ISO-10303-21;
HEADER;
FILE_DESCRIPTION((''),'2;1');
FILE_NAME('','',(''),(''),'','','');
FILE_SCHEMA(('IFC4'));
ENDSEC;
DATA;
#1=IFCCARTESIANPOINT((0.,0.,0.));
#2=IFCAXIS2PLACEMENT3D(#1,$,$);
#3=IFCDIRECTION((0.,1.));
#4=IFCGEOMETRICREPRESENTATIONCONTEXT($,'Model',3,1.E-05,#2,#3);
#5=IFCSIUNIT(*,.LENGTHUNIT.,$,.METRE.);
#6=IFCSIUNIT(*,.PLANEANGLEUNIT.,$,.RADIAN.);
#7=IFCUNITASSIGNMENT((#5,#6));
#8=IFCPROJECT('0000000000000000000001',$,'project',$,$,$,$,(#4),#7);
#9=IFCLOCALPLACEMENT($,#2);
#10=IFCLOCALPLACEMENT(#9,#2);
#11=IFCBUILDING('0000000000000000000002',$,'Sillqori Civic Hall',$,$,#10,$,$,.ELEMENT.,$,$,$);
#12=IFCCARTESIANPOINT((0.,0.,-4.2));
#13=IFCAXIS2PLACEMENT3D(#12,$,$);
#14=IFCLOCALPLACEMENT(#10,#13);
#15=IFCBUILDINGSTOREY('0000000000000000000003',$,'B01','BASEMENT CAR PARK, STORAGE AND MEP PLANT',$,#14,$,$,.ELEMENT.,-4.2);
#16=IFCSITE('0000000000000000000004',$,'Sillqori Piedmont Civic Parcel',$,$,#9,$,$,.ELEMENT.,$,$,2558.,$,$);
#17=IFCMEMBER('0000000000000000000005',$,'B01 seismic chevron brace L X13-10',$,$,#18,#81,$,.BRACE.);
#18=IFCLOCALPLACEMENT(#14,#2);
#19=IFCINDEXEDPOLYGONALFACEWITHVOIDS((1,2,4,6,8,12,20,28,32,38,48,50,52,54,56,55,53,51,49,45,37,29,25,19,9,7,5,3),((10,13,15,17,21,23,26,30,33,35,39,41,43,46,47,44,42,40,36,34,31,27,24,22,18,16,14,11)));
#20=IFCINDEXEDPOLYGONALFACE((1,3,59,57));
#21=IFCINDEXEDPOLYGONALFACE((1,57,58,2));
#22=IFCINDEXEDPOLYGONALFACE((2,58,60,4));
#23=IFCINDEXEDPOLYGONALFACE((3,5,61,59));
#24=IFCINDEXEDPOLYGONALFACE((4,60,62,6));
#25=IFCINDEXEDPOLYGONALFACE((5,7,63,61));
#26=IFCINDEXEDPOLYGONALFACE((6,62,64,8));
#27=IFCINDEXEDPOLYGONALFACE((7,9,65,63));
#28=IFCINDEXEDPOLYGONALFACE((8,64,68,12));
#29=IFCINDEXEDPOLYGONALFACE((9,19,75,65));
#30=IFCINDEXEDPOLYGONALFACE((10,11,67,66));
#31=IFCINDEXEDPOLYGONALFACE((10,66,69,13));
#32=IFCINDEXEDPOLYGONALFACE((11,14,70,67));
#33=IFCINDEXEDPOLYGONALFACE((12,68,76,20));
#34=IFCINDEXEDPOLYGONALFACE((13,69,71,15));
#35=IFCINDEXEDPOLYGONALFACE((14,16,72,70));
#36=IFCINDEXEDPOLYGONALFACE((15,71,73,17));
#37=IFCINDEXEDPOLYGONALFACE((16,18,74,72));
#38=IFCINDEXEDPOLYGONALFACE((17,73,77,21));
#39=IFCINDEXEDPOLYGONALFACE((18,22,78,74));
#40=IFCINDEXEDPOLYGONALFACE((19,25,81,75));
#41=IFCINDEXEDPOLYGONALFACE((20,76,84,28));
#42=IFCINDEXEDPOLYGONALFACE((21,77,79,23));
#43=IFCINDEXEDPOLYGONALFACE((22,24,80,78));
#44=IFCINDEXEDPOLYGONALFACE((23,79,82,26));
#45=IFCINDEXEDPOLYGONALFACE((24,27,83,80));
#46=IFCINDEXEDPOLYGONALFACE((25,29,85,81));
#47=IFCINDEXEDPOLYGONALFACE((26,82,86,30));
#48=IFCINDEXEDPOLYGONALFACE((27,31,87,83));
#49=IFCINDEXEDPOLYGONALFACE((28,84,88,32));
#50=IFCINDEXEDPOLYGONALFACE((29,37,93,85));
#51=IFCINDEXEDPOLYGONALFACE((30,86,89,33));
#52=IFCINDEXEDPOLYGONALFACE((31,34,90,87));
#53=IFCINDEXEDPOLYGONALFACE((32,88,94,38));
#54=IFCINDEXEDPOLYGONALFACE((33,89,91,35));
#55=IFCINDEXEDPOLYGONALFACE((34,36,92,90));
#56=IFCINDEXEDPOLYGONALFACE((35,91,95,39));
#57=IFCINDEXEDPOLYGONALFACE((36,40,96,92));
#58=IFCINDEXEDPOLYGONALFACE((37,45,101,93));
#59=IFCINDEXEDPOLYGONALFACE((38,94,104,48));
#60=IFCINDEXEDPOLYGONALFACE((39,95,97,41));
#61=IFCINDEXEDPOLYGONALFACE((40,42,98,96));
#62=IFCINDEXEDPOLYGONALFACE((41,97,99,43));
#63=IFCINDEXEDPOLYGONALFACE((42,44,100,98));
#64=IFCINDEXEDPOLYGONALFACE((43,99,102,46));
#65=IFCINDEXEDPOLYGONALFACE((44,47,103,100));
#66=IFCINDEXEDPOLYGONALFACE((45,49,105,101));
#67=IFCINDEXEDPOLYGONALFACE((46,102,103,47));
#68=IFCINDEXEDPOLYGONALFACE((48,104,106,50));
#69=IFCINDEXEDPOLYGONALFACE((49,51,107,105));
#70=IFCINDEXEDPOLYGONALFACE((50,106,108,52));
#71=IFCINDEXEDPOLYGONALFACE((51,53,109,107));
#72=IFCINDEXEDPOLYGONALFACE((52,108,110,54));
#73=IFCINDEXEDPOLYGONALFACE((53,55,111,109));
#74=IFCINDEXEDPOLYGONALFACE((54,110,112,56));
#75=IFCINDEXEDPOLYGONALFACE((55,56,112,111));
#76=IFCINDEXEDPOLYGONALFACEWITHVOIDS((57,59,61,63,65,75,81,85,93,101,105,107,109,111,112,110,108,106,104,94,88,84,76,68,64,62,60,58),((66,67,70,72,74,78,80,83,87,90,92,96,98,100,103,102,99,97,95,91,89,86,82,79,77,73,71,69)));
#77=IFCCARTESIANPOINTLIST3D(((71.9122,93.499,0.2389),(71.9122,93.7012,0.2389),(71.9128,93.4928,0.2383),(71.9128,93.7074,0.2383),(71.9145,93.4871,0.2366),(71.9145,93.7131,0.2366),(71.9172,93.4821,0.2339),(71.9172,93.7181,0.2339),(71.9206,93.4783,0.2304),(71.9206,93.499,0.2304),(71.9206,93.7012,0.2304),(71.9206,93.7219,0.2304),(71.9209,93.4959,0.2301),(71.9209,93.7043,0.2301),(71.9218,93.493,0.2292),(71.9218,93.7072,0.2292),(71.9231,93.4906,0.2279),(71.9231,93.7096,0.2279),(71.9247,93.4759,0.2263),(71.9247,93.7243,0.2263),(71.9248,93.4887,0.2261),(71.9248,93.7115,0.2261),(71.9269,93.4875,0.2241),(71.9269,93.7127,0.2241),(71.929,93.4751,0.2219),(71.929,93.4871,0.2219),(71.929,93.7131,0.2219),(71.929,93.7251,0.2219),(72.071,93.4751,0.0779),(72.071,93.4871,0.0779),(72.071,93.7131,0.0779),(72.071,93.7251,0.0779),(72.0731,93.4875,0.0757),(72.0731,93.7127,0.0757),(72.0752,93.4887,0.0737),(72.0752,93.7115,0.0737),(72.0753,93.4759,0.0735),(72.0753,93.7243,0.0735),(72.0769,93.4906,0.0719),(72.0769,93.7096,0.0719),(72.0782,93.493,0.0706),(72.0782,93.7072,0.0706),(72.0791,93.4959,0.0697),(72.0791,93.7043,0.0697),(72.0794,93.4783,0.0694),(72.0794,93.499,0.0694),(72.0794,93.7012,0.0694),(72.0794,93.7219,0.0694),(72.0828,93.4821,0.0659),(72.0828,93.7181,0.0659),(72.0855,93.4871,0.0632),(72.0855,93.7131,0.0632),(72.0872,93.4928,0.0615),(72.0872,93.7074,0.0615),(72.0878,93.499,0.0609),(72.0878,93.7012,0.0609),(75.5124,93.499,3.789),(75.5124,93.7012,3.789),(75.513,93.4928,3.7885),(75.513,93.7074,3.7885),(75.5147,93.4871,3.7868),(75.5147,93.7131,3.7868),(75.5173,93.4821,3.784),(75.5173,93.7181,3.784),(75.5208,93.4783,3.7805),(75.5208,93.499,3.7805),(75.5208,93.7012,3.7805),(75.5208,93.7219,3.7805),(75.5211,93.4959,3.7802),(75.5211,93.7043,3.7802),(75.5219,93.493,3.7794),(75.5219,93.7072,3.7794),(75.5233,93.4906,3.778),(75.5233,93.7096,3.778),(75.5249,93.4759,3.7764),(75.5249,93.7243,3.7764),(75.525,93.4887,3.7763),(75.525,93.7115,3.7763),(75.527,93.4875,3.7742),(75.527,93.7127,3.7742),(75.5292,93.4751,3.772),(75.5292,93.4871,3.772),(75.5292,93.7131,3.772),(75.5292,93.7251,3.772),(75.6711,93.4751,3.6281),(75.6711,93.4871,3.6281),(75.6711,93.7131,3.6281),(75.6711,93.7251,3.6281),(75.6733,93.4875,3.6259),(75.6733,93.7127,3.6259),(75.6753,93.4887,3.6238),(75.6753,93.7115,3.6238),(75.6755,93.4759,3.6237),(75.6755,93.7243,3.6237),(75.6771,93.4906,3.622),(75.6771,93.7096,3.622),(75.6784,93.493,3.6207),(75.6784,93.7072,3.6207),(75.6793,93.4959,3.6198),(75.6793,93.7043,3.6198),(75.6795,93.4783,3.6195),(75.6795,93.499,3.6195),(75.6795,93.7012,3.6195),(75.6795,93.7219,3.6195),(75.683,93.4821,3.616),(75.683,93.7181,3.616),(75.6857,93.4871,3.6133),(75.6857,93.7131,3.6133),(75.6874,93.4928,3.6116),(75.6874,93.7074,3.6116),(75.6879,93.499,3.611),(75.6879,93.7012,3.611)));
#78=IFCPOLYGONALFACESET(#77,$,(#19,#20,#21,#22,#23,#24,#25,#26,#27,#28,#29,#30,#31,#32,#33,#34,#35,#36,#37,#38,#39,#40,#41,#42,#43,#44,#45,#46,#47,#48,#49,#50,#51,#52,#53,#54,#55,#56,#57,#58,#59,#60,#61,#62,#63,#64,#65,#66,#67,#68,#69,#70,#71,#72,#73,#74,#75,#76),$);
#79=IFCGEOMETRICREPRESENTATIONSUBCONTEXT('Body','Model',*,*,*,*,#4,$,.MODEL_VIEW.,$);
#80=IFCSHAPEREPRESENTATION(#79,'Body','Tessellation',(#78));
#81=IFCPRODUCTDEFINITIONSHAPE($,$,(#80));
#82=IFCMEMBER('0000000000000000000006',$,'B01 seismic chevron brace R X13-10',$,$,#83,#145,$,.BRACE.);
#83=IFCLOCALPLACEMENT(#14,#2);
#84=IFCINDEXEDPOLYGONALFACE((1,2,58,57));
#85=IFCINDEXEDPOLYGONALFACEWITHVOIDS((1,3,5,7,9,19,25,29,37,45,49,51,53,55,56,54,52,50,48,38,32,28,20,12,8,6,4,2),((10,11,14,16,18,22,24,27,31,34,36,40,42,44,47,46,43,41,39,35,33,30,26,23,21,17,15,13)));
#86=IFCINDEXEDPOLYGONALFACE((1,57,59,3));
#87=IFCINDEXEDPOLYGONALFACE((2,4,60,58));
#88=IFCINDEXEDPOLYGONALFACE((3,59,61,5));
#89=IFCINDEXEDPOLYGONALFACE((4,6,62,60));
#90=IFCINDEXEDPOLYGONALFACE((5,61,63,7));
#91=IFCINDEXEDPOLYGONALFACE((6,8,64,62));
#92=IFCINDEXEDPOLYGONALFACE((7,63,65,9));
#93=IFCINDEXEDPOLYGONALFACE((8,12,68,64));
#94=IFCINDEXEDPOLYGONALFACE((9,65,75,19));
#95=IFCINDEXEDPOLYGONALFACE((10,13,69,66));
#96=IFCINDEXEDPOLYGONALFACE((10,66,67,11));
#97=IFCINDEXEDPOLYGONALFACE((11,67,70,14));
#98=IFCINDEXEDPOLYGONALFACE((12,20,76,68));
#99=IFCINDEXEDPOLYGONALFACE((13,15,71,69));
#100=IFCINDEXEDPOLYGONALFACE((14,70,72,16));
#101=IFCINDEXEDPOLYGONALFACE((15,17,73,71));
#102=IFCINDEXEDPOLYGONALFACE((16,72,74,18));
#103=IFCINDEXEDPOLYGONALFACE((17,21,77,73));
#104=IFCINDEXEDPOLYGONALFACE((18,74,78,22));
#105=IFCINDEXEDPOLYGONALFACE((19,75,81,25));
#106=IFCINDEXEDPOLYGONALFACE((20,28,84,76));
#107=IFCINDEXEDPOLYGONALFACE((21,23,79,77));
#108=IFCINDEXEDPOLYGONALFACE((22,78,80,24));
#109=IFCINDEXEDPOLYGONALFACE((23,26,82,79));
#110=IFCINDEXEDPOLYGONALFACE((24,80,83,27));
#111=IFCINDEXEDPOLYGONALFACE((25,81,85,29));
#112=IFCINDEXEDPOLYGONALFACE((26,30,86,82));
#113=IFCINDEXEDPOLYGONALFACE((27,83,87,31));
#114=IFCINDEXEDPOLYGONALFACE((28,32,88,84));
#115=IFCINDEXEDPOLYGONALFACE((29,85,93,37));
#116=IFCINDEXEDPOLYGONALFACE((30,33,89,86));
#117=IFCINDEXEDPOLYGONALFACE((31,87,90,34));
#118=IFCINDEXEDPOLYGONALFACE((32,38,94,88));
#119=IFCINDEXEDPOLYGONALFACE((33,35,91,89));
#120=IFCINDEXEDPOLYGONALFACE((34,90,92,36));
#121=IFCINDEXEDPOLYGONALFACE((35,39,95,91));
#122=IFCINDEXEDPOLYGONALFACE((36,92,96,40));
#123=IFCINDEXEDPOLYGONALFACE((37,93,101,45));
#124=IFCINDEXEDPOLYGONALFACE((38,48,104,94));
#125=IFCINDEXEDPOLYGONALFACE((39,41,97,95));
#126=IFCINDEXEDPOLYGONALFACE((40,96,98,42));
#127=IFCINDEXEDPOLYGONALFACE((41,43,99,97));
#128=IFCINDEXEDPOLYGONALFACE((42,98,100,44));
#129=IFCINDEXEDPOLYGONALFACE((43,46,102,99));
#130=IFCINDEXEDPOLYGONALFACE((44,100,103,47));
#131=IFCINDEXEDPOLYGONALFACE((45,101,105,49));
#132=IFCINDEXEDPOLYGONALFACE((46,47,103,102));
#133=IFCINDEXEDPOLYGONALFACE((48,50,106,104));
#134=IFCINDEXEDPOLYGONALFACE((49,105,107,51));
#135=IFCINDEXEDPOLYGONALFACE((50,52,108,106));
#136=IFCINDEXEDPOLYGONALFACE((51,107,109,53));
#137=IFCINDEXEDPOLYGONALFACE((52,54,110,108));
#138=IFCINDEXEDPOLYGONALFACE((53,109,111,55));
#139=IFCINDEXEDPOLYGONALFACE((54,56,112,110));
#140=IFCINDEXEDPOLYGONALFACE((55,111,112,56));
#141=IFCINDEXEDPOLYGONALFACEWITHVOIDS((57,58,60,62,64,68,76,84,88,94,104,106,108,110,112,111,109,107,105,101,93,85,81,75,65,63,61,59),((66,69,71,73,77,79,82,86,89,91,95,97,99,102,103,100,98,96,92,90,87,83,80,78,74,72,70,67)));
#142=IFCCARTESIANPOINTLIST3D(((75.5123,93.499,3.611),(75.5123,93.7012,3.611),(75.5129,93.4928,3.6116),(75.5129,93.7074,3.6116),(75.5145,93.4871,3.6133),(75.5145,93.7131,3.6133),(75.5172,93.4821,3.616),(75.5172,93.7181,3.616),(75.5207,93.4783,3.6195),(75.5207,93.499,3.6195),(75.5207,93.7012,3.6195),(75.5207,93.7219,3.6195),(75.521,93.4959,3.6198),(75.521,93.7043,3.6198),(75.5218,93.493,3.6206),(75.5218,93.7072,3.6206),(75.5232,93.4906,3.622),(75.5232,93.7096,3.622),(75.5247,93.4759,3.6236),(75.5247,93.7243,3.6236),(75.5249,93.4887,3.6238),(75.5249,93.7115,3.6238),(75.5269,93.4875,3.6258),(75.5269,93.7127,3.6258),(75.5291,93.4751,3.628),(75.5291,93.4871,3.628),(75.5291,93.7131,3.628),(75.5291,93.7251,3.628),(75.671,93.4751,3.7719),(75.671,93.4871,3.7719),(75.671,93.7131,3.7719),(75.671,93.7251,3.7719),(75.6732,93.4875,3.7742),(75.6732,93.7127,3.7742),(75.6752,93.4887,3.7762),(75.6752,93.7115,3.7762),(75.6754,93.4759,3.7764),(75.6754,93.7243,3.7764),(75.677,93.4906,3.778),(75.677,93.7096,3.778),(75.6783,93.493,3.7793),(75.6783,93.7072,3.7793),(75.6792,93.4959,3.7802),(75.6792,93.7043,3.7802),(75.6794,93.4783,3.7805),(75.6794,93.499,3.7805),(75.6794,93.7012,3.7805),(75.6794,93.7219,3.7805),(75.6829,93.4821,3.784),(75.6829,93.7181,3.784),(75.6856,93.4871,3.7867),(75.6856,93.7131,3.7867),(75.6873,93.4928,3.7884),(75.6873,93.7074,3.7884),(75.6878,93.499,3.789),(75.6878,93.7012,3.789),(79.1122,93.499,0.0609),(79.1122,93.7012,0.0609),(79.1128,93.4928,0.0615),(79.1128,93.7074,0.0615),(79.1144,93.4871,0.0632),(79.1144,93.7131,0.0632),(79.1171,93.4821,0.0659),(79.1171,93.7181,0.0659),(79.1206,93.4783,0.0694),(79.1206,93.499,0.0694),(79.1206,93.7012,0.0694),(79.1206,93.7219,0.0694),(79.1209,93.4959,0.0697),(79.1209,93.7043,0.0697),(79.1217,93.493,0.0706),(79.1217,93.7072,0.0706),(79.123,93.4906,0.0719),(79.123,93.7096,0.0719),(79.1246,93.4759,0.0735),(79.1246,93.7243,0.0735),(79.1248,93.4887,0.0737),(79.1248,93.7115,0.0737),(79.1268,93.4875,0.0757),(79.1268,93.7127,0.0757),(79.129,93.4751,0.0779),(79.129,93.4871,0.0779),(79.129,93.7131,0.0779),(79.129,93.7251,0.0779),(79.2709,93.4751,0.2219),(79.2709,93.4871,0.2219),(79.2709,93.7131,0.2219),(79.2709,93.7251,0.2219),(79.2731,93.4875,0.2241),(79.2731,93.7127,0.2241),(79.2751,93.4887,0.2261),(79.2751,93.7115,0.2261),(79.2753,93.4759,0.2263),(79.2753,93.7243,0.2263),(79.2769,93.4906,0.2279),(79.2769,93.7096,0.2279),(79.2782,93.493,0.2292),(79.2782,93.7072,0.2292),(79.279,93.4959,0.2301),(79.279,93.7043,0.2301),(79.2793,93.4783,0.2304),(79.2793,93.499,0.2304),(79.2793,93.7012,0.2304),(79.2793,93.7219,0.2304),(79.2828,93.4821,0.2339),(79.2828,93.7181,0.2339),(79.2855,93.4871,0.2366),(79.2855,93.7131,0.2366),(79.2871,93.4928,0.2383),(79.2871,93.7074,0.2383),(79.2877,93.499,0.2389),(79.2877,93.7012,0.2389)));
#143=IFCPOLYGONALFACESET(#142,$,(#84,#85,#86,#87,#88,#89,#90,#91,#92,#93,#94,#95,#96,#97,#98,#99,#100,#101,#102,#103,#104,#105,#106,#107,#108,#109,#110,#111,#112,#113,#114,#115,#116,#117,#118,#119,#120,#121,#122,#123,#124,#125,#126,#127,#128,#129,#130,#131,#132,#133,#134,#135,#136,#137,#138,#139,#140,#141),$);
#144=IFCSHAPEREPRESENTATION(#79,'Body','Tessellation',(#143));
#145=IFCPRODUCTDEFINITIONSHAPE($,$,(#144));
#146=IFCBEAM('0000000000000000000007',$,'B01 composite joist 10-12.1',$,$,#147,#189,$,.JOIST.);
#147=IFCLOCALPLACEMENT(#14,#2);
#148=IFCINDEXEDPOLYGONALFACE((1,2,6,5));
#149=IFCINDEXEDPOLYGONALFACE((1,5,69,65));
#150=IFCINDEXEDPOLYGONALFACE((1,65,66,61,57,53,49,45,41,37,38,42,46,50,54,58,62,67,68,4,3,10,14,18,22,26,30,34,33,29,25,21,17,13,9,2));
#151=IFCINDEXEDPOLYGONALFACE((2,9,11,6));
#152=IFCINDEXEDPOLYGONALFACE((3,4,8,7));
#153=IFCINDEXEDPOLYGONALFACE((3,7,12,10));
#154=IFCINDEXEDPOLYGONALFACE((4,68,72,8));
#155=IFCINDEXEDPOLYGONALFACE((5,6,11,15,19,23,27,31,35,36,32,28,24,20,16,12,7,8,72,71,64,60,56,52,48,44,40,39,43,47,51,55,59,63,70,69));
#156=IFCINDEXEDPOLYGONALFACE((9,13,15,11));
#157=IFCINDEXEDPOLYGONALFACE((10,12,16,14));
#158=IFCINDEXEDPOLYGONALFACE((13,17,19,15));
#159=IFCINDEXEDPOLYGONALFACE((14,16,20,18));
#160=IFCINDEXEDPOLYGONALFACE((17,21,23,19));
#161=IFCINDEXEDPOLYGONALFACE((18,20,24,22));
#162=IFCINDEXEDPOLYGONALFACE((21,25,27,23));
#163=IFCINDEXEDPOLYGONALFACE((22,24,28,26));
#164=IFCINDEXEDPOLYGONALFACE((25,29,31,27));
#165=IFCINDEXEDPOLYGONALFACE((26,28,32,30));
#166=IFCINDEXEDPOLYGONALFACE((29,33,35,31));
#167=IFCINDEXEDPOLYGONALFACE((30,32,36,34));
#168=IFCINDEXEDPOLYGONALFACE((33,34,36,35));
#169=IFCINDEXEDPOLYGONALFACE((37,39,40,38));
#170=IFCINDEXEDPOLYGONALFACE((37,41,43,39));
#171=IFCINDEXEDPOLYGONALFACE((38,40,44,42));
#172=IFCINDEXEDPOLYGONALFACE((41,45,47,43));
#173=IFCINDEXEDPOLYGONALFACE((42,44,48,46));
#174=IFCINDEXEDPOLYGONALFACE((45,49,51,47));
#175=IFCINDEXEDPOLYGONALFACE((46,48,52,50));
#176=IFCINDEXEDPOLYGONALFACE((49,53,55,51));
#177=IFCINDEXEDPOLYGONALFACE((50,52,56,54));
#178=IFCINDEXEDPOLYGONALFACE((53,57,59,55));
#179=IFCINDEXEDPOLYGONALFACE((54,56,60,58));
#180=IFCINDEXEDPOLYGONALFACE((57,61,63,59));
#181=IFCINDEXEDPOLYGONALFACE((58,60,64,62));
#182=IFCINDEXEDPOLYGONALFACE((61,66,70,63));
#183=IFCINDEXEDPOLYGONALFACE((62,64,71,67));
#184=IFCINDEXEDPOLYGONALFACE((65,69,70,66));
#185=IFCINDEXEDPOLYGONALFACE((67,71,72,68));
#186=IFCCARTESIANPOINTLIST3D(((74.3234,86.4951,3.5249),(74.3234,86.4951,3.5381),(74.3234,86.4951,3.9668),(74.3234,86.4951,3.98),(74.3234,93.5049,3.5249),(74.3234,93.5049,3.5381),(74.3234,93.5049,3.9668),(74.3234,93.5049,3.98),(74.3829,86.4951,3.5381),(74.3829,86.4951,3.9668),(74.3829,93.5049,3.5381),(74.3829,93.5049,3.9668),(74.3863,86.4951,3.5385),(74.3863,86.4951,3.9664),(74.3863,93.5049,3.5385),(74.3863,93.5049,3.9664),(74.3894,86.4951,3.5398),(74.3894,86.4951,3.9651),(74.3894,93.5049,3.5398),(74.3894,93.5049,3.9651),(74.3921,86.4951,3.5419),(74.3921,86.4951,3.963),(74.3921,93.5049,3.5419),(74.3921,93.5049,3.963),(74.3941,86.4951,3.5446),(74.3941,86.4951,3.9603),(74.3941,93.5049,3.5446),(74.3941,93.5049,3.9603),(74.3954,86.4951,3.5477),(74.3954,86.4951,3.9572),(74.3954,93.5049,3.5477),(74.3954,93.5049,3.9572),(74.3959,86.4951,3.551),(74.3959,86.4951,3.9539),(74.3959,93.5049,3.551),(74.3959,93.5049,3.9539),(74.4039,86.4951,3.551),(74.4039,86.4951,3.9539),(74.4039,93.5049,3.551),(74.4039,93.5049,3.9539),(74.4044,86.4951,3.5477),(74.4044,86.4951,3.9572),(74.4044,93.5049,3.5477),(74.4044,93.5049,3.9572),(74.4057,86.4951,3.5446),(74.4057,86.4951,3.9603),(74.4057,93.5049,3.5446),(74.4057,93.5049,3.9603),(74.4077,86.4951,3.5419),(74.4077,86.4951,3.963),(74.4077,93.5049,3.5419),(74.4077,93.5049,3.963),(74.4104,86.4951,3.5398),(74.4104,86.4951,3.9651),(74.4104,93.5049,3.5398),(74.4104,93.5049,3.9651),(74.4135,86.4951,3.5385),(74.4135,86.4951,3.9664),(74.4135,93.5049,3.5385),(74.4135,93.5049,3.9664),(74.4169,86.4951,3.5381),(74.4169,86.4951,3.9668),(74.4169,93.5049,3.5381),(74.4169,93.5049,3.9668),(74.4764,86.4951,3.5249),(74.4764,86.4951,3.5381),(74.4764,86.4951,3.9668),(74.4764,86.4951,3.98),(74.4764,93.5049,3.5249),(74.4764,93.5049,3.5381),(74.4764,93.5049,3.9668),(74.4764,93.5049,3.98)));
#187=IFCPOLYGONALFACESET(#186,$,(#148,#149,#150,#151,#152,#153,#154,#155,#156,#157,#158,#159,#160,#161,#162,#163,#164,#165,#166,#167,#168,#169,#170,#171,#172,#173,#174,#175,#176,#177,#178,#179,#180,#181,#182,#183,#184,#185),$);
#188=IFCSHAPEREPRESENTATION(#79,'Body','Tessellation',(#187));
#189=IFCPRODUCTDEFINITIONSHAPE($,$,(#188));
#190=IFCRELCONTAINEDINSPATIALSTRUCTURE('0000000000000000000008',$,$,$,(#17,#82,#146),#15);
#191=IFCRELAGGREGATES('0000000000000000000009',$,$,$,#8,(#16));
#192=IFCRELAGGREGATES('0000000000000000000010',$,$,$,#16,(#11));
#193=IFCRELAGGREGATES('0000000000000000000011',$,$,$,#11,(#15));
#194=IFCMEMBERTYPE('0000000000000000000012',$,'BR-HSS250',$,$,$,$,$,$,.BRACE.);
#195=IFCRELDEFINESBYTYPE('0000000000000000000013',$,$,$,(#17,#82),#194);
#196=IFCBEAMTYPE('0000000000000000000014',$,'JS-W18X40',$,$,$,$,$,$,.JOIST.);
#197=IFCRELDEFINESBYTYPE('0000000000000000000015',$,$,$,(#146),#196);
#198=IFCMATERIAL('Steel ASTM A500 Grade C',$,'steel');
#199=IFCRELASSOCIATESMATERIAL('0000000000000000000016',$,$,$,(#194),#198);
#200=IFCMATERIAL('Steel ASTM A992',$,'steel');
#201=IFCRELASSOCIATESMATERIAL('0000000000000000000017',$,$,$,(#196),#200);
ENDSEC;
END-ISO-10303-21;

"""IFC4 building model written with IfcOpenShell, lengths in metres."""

from ifc_helpers import new_model, si_unit, direction, frame, origin, origin_2d, place, context, subcontext, project, spatial, hollow_rectangle, i_section, extrude, material, material_profile, profile_set, type_object, element, save


model = new_model("IFC4")

# Units and contexts
model_context = context("Model", 3, precision=1e-05, world=origin(), true_north=direction((0.0, 1.0)))
body_context = subcontext(model_context, "Body", "Model", "MODEL_VIEW")
ifc_project = project(units=[si_unit("LENGTHUNIT", "METRE"), si_unit("PLANEANGLEUNIT", "RADIAN")], contexts=[model_context])

# Site, building, storey
site_placement = place(None, origin())
site = spatial("IfcSite", under=ifc_project, at=site_placement, Name="Sillqori Piedmont Civic Parcel", CompositionType="ELEMENT", RefElevation=2558.0)
building_placement = place(site_placement, origin())
building = spatial("IfcBuilding", under=site, at=building_placement, Name="Sillqori Civic Hall", CompositionType="ELEMENT")
storey_placement = place(building_placement, frame((0.0, 0.0, -4.2)))
storey = spatial("IfcBuildingStorey", under=building, at=storey_placement, Name="B01", Description="BASEMENT CAR PARK, STORAGE AND MEP PLANT", CompositionType="ELEMENT", Elevation=-4.2)

# Shared definitions
ifc_material_1 = material(Name="Steel ASTM A992", Category="steel")

# Members
ifc_material_2 = material(Name="Steel ASTM A500 Grade C", Category="steel")
ifc_material_profile_1 = material_profile(ifc_material_2, hollow_rectangle(XDim=0.25, YDim=0.25, WallThickness=0.012, InnerFilletRadius=0.012, OuterFilletRadius=0.0239, at=origin_2d()), Name="HSS250X250X12")
ifc_profile_set_1 = profile_set([ifc_material_profile_1], Name="Steel ASTM A500 Grade C")
member_type = type_object("IfcMemberType", Name="BR-HSS250", PredefinedType="BRACE", material=ifc_profile_set_1)
member_1_placement = place(storey_placement, frame((72.0, 93.6001, 0.1499), z_axis=(0.712039, 0.0, 0.70214), x_axis=(0.0, 1.0, 0.0)))
element("IfcMember", 1, at=member_1_placement, inside=storey, type_object=member_type, Name="B01 seismic chevron brace L X13-10", PredefinedType="BRACE", context=body_context, shape_type="SweptSolid", body=[
    extrude(hollow_rectangle(XDim=0.25, YDim=0.25, WallThickness=0.012, InnerFilletRadius=0.012, OuterFilletRadius=0.0239, at=origin_2d()), origin(), (0.0, 0.0, 1.0), 5.0562),
])
member_2_placement = place(storey_placement, frame((79.2, 93.6001, 0.1499), z_axis=(-0.712015, 0.0, 0.702164), x_axis=(0.0, -1.0, 0.0)))
element("IfcMember", 2, at=member_2_placement, inside=storey, type_object=member_type, Name="B01 seismic chevron brace R X13-10", PredefinedType="BRACE", context=body_context, shape_type="SweptSolid", body=[
    extrude(hollow_rectangle(XDim=0.25, YDim=0.25, WallThickness=0.012, InnerFilletRadius=0.012, OuterFilletRadius=0.0239, at=origin_2d()), origin(), (0.0, 0.0, 1.0), 5.0559),
])

# Beam
ifc_material_profile_2 = material_profile(ifc_material_1, i_section(OverallWidth=0.1531, OverallDepth=0.4551, WebThickness=0.0081, FlangeThickness=0.0132, FilletRadius=0.0129, at=origin_2d()), Name="W18X40")
ifc_profile_set_2 = profile_set([ifc_material_profile_2], Name="Steel ASTM A992")
beam_type_1 = type_object("IfcBeamType", Name="JS-W18X40", PredefinedType="JOIST", material=ifc_profile_set_2)
for number, where, z_axis, x_axis, name in (
    (3, (74.3999, 86.4951, 3.7524), (0.0, 1.0, 0.0), (-1.0, 0.0, 0.0), "B01 composite joist 10-12.1"),
):
    element("IfcBeam", number, at=place(storey_placement, frame(where, z_axis=z_axis, x_axis=x_axis)), inside=storey, type_object=beam_type_1, Name=name, PredefinedType="JOIST", context=body_context, shape_type="SweptSolid", body=[
        extrude(i_section(OverallWidth=0.1531, OverallDepth=0.4551, WebThickness=0.0081, FlangeThickness=0.0132, FilletRadius=0.0129, at=origin_2d()), origin(), (0.0, 0.0, 1.0), 7.0098),
    ])

save(model, "model.ifc")
